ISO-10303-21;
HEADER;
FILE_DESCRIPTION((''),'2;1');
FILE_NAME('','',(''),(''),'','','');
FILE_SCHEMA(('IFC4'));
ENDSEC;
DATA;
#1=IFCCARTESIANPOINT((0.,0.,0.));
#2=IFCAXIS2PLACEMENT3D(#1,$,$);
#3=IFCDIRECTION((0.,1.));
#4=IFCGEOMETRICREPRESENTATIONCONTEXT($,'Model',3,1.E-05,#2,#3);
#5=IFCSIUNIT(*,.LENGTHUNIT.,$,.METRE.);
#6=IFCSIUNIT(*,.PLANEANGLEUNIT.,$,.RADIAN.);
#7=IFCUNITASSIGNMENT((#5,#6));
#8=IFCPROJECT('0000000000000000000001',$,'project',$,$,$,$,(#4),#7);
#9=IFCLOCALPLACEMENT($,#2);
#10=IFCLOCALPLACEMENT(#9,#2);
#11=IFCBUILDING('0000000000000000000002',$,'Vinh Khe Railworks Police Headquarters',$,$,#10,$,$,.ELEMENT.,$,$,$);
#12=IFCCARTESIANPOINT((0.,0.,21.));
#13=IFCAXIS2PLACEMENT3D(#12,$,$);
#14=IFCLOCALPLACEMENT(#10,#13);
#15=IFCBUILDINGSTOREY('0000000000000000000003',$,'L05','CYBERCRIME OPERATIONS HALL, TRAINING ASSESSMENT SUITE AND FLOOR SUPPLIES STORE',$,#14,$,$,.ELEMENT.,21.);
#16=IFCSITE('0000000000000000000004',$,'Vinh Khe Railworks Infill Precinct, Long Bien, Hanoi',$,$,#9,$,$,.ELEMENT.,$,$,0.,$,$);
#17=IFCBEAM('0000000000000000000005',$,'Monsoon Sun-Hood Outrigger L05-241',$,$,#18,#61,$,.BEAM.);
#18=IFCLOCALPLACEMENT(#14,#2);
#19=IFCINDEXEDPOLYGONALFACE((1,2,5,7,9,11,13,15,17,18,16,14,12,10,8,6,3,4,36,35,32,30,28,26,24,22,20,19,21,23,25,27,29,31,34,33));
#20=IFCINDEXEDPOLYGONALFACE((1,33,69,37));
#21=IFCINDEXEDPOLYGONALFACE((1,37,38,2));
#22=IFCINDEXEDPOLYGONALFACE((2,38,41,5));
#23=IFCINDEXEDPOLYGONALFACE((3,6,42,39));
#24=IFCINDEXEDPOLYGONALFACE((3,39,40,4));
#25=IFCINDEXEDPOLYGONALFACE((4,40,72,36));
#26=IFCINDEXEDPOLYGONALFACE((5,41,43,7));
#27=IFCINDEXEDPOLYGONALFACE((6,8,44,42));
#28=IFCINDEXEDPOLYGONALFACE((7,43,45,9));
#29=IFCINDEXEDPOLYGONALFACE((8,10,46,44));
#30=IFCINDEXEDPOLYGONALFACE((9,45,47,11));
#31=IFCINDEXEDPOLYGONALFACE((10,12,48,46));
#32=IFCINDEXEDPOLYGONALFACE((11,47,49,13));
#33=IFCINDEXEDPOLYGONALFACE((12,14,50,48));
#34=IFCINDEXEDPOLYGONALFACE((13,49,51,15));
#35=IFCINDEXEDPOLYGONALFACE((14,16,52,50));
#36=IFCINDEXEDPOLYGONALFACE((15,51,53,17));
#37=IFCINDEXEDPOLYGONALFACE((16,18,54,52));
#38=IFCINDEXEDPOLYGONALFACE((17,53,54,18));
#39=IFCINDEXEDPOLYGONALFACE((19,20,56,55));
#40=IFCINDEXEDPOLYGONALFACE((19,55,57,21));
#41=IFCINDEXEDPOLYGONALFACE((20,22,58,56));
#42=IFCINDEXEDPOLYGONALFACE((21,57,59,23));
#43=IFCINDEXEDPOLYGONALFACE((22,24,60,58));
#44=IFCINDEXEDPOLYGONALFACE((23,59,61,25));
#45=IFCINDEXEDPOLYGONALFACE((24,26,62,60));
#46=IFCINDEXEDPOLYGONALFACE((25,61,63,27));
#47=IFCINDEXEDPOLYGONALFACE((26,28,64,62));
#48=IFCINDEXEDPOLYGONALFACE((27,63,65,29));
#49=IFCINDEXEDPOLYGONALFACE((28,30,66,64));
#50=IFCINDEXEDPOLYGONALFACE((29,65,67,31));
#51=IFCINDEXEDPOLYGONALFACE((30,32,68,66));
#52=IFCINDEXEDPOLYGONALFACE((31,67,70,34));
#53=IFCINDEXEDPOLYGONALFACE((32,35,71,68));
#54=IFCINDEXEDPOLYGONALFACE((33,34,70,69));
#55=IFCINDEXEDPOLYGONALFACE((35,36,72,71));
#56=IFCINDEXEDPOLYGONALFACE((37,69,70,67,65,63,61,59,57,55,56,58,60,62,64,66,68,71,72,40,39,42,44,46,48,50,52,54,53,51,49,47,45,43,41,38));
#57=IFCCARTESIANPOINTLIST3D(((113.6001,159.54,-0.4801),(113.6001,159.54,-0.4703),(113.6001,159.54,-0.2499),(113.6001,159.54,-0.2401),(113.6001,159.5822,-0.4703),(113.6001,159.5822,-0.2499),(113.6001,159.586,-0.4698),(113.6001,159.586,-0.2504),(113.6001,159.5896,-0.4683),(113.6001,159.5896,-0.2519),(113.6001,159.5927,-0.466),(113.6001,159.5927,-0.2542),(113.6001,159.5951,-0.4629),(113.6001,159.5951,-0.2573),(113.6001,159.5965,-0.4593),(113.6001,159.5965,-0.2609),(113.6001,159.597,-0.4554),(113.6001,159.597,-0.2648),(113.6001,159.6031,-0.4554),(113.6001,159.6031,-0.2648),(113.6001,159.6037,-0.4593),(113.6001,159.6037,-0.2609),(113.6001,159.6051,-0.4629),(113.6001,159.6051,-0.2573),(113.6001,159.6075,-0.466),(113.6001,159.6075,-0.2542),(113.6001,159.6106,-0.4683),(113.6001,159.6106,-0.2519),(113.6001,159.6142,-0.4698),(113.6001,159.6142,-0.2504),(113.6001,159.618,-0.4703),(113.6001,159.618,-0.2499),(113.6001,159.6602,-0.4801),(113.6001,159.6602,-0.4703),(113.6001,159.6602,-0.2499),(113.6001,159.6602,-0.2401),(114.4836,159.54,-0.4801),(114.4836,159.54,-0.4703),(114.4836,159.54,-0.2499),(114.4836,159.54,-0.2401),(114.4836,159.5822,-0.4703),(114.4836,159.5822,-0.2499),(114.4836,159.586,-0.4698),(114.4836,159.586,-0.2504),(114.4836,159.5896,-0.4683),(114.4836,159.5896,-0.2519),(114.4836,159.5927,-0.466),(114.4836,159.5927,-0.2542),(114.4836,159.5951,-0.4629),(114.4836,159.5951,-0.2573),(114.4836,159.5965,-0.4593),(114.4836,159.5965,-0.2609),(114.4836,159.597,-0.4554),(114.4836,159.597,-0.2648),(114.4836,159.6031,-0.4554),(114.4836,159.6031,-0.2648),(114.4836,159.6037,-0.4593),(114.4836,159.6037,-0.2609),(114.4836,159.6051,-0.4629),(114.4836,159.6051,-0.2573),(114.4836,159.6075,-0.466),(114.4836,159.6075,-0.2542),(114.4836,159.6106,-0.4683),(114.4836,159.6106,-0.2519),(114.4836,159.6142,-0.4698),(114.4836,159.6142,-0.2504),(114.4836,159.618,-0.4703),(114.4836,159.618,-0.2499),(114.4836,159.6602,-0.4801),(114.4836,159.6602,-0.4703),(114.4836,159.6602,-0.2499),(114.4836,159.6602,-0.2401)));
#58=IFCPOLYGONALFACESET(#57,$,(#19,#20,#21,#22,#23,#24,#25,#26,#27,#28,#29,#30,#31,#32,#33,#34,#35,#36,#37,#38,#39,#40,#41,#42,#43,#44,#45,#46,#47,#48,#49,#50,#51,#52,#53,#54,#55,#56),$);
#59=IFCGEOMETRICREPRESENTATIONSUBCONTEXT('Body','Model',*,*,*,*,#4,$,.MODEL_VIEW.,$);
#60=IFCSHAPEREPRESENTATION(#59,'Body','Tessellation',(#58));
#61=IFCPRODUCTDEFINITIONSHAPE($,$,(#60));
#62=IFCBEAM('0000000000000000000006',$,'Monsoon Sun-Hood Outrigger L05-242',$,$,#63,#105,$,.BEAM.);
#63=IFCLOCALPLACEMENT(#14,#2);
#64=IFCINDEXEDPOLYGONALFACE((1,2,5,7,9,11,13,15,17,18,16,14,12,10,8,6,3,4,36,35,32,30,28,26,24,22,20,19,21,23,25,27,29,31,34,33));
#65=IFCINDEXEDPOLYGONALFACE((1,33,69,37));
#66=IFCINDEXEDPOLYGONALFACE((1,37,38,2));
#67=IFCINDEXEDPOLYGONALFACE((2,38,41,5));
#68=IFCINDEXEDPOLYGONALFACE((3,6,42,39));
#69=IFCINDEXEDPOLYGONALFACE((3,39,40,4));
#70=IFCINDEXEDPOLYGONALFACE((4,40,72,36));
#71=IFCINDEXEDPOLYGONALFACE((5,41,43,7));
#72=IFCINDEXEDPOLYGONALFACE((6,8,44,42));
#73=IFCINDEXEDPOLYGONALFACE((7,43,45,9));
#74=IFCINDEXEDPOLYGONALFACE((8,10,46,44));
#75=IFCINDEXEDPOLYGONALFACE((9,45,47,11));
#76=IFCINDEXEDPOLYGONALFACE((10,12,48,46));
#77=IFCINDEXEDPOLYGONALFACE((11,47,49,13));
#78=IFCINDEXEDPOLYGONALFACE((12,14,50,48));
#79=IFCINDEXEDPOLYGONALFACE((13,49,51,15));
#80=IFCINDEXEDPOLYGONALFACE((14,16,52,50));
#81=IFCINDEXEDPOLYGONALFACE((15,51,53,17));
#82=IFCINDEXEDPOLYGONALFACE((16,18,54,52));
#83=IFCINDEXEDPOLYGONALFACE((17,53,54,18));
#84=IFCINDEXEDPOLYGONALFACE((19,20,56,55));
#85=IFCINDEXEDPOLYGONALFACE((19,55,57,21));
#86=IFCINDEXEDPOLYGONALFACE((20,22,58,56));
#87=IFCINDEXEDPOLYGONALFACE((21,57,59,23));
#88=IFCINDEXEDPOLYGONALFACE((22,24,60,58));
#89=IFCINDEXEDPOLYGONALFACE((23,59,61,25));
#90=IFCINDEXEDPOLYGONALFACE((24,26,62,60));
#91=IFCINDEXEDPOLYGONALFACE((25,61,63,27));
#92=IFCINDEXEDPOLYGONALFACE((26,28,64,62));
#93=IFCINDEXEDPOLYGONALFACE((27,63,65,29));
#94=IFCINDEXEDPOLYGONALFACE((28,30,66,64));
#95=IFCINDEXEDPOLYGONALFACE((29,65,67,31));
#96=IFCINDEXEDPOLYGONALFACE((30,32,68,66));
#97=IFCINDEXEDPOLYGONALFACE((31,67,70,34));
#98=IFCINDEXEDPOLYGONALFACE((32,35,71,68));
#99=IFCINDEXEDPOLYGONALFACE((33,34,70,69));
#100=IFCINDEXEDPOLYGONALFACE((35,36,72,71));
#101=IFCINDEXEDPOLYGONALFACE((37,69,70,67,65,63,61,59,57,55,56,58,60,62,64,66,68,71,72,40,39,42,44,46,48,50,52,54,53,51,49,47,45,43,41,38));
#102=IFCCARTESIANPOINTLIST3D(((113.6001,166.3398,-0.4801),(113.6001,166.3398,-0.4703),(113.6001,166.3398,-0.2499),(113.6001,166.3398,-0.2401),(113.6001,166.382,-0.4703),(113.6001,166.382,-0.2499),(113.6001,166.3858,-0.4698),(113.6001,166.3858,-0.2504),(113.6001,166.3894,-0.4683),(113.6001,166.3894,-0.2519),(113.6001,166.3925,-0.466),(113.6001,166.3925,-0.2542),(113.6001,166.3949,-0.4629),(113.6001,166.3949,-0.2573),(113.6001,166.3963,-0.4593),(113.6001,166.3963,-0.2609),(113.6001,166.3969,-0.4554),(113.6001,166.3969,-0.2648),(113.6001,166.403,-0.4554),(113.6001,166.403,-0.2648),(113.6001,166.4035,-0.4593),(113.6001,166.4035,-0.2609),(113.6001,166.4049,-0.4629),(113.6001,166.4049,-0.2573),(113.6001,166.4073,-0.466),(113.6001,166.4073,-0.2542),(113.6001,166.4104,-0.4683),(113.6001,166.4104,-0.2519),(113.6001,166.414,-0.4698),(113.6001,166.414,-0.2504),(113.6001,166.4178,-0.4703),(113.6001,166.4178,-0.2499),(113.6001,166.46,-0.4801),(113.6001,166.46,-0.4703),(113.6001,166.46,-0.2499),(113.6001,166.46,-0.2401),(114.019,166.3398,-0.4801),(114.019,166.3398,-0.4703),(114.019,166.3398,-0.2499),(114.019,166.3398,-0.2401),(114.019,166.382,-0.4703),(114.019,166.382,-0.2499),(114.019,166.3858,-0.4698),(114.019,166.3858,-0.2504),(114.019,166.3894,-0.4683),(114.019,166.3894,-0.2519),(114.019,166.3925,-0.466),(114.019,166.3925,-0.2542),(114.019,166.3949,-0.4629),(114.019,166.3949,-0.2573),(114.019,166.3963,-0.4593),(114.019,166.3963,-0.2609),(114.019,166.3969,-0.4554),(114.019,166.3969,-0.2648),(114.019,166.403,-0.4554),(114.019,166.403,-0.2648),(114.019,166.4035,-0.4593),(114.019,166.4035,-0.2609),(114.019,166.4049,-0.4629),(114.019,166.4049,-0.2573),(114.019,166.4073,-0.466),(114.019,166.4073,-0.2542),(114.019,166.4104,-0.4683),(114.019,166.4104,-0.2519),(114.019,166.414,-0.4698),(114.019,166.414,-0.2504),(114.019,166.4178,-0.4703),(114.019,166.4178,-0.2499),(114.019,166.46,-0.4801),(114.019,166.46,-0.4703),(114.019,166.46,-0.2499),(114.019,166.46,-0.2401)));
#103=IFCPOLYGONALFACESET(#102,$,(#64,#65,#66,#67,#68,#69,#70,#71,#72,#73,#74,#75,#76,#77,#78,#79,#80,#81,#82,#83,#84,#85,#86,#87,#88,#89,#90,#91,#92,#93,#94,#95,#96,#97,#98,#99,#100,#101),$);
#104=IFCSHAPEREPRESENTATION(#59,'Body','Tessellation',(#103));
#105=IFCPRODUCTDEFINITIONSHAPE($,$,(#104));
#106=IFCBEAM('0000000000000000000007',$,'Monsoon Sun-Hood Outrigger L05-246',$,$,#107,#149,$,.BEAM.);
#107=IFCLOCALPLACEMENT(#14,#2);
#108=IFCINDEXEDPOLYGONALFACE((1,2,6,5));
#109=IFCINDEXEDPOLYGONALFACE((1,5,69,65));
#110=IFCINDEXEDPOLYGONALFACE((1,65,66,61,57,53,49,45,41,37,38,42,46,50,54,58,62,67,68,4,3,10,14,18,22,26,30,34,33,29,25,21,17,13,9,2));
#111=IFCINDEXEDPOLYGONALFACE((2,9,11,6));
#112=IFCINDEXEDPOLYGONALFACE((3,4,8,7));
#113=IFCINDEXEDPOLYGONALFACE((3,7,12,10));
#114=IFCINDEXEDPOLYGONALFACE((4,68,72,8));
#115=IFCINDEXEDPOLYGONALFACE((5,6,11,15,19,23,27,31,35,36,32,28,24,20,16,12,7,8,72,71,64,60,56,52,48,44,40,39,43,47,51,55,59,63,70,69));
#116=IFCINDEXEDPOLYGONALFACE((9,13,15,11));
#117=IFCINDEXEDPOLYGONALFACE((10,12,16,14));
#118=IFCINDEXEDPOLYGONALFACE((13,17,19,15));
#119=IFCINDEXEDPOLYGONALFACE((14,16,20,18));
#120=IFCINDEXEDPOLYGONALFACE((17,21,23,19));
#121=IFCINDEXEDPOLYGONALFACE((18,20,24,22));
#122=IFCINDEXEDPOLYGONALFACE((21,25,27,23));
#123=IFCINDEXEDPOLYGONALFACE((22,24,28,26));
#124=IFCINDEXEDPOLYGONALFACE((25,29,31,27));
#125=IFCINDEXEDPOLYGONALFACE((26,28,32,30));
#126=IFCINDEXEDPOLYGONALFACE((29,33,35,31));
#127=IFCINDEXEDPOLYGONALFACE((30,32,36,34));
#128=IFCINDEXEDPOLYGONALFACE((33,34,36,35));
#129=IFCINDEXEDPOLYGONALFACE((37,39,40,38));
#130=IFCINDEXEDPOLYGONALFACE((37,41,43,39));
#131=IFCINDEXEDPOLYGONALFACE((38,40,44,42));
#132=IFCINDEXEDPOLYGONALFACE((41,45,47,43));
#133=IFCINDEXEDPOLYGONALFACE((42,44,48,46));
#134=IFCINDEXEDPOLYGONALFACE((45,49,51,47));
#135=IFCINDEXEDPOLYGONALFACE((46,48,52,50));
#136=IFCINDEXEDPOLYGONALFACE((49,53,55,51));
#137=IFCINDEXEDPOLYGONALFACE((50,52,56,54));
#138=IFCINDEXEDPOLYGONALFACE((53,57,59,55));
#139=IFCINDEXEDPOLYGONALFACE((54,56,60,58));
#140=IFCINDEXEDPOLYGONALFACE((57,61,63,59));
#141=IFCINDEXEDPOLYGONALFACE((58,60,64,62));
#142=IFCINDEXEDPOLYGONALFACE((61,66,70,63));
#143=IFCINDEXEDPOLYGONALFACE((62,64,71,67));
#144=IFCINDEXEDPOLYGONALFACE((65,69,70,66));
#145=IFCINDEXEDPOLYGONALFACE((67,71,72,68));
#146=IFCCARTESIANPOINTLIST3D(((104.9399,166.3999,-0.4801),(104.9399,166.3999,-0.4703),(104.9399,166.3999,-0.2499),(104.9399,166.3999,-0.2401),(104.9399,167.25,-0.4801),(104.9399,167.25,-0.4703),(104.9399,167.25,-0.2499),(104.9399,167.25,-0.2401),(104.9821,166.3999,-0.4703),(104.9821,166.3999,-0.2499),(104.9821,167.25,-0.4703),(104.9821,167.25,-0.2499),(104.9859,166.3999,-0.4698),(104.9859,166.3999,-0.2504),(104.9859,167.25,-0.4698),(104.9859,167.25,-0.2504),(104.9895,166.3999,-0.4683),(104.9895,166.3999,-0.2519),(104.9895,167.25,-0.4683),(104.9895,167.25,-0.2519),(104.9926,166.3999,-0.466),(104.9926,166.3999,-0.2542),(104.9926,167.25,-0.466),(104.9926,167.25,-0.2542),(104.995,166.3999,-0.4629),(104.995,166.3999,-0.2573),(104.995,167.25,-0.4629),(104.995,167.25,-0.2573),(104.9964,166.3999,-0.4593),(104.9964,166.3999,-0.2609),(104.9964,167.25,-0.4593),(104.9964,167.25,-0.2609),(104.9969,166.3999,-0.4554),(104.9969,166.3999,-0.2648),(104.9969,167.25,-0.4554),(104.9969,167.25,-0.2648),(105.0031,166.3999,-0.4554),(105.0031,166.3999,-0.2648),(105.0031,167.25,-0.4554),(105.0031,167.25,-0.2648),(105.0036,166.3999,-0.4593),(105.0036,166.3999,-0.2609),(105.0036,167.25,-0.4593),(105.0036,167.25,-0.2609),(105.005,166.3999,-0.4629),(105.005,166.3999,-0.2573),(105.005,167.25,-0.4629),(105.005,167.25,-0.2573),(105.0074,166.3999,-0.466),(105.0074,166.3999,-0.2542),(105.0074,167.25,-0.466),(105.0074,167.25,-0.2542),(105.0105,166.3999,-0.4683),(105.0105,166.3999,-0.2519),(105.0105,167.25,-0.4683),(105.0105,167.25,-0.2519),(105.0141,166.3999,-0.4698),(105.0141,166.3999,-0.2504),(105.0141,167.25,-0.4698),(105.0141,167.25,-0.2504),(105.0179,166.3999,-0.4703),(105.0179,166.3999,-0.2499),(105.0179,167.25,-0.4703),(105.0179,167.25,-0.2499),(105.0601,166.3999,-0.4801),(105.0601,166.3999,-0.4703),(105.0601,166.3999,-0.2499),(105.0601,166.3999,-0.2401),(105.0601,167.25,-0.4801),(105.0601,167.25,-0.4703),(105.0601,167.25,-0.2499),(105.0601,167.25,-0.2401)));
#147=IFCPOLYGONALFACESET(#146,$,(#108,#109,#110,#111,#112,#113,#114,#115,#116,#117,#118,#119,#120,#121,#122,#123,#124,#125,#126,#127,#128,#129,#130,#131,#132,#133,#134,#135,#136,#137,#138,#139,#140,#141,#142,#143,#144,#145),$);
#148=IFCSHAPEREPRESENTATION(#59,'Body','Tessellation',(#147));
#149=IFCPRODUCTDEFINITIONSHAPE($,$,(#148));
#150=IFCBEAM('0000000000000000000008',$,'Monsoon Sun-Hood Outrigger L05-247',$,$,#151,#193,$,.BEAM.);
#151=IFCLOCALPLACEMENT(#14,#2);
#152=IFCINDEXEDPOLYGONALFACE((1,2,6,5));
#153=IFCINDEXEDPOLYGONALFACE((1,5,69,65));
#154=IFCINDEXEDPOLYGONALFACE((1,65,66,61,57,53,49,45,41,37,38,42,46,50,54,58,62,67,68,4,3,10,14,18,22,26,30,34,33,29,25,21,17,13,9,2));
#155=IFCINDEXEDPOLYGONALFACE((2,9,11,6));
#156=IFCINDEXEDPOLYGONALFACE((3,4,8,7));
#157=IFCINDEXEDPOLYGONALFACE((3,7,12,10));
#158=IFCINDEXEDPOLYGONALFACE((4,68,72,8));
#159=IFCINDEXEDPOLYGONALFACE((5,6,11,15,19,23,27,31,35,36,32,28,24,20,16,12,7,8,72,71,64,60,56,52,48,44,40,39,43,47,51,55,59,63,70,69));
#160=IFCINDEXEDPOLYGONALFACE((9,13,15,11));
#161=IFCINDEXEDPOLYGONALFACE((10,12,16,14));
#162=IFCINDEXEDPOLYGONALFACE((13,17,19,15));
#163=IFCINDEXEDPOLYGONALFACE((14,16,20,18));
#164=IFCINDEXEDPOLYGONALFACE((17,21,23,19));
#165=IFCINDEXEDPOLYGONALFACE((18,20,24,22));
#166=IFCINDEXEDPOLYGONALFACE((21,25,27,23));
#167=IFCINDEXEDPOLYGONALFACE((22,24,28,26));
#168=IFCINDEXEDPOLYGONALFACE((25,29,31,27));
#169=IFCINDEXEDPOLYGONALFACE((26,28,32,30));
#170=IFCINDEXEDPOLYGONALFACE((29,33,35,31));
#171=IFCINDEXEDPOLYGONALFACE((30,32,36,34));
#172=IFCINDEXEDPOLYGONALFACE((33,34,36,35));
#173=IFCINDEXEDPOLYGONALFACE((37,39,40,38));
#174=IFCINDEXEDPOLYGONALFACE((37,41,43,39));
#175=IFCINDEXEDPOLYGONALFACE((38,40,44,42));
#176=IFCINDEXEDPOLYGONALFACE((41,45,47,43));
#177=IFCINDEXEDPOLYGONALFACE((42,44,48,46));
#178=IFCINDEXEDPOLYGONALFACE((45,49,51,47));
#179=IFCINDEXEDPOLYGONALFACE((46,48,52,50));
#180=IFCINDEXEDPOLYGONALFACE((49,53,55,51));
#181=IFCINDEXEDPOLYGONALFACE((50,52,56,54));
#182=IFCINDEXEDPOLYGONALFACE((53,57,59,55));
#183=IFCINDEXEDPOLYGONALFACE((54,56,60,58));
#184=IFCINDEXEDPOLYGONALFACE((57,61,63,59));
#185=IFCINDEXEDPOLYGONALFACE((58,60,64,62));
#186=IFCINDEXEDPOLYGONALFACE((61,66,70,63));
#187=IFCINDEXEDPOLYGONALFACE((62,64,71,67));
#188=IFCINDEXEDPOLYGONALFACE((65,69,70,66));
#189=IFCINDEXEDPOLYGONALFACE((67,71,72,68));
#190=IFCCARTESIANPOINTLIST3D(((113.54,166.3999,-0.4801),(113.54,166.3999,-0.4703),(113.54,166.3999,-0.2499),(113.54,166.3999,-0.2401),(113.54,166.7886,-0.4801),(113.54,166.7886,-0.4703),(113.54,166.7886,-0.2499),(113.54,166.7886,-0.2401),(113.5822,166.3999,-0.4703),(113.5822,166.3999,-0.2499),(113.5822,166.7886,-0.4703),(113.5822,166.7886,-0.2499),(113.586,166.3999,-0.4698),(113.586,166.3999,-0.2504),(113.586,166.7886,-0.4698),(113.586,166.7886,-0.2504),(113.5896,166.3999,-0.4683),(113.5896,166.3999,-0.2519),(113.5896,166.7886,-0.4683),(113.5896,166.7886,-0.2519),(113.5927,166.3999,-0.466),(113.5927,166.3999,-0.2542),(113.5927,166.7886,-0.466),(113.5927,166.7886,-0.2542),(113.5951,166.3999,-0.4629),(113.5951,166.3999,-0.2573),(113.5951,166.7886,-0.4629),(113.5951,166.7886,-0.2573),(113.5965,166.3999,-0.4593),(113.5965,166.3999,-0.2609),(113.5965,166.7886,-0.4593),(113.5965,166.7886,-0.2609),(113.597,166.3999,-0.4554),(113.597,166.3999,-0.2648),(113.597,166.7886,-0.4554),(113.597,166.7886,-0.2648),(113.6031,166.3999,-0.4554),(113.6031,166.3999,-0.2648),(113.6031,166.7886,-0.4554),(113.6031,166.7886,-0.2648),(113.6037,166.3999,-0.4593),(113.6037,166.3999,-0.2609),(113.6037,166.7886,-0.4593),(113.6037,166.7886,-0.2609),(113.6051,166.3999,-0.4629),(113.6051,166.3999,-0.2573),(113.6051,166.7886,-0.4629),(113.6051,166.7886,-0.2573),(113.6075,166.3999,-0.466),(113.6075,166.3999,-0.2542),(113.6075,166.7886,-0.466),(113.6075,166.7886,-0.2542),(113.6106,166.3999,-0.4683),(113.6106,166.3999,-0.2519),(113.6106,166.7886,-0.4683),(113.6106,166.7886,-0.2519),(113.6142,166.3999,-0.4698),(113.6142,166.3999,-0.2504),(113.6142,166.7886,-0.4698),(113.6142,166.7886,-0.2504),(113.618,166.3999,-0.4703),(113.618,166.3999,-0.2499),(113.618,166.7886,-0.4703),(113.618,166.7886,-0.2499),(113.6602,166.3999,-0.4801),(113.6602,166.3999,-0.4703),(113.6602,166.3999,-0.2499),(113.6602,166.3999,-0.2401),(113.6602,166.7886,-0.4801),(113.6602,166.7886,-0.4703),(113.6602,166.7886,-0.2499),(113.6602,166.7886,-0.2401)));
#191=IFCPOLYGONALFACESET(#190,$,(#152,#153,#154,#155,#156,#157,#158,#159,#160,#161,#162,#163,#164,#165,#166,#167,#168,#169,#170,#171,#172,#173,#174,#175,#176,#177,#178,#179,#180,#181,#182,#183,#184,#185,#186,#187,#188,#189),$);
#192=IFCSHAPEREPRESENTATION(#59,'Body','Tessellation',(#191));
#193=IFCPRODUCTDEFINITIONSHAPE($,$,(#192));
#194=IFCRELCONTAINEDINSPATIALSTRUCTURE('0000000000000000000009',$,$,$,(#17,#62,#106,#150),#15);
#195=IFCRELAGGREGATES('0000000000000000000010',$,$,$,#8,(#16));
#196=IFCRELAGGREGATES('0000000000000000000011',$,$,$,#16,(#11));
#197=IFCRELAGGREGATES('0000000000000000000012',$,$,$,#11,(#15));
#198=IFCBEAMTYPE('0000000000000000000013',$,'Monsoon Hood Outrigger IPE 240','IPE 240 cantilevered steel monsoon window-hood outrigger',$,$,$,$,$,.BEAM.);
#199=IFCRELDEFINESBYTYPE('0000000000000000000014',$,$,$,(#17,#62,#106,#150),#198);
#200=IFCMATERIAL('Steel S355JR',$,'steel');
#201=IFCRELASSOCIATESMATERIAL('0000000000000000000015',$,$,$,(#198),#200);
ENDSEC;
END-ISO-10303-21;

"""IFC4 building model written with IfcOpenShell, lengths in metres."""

from ifc_helpers import new_model, si_unit, direction, frame, origin, origin_2d, place, context, subcontext, project, spatial, i_section, extrude, material, material_profile, profile_set, type_object, element, save


model = new_model("IFC4")

# Units and contexts
model_context = context("Model", 3, precision=1e-05, world=origin(), true_north=direction((0.0, 1.0)))
body_context = subcontext(model_context, "Body", "Model", "MODEL_VIEW")
ifc_project = project(units=[si_unit("LENGTHUNIT", "METRE"), si_unit("PLANEANGLEUNIT", "RADIAN")], contexts=[model_context])

# Site, building, storey
site_placement = place(None, origin())
site = spatial("IfcSite", under=ifc_project, at=site_placement, Name="Vinh Khe Railworks Infill Precinct, Long Bien, Hanoi", CompositionType="ELEMENT", RefElevation=0.0)
building_placement = place(site_placement, origin())
building = spatial("IfcBuilding", under=site, at=building_placement, Name="Vinh Khe Railworks Police Headquarters", CompositionType="ELEMENT")
storey_placement = place(building_placement, frame((0.0, 0.0, 21.0)))
storey = spatial("IfcBuildingStorey", under=building, at=storey_placement, Name="L05", Description="CYBERCRIME OPERATIONS HALL, TRAINING ASSESSMENT SUITE AND FLOOR SUPPLIES STORE", CompositionType="ELEMENT", Elevation=21.0)

# Shared definitions
ifc_material_1 = material(Name="Steel S355JR", Category="steel")

# Beams
ifc_material_profile_1 = material_profile(ifc_material_1, i_section(OverallWidth=0.1201, OverallDepth=0.24, WebThickness=0.0061, FlangeThickness=0.0098, FilletRadius=0.0149, at=origin_2d()), Name="IPE 240")
ifc_profile_set_1 = profile_set([ifc_material_profile_1], Name="Steel S355JR")
beam_type_1 = type_object("IfcBeamType", Name="Monsoon Hood Outrigger IPE 240", Description="IPE 240 cantilevered steel monsoon window-hood outrigger", PredefinedType="BEAM", material=ifc_profile_set_1)
beam_1_placement = place(storey_placement, frame((113.6001, 159.6001, -0.3601), z_axis=(1.0, 0.0, 0.0), x_axis=(0.0, 1.0, 0.0)))
element("IfcBeam", 1, at=beam_1_placement, inside=storey, type_object=beam_type_1, Name="Monsoon Sun-Hood Outrigger L05-241", PredefinedType="BEAM", context=body_context, shape_type="SweptSolid", body=[
    extrude(i_section(OverallWidth=0.1201, OverallDepth=0.24, WebThickness=0.0061, FlangeThickness=0.0098, FilletRadius=0.0149, at=origin_2d()), origin(), (0.0, 0.0, 1.0), 0.8835),
])
beam_2_placement = place(storey_placement, frame((113.6001, 166.3999, -0.3601), z_axis=(1.0, 0.0, 0.0), x_axis=(0.0, 1.0, 0.0)))
element("IfcBeam", 2, at=beam_2_placement, inside=storey, type_object=beam_type_1, Name="Monsoon Sun-Hood Outrigger L05-242", PredefinedType="BEAM", context=body_context, shape_type="SweptSolid", body=[
    extrude(i_section(OverallWidth=0.1201, OverallDepth=0.24, WebThickness=0.0061, FlangeThickness=0.0098, FilletRadius=0.0149, at=origin_2d()), origin(), (0.0, 0.0, 1.0), 0.4189),
])
beam_3_placement = place(storey_placement, frame((105.0, 166.3999, -0.3601), z_axis=(0.0, 1.0, 0.0), x_axis=(-1.0, 0.0, 0.0)))
element("IfcBeam", 3, at=beam_3_placement, inside=storey, type_object=beam_type_1, Name="Monsoon Sun-Hood Outrigger L05-246", PredefinedType="BEAM", context=body_context, shape_type="SweptSolid", body=[
    extrude(i_section(OverallWidth=0.1201, OverallDepth=0.24, WebThickness=0.0061, FlangeThickness=0.0098, FilletRadius=0.0149, at=origin_2d()), origin(), (0.0, 0.0, 1.0), 0.8501),
])
beam_4_placement = place(storey_placement, frame((113.6001, 166.3999, -0.3601), z_axis=(0.0, 1.0, 0.0), x_axis=(-1.0, 0.0, 0.0)))
element("IfcBeam", 4, at=beam_4_placement, inside=storey, type_object=beam_type_1, Name="Monsoon Sun-Hood Outrigger L05-247", PredefinedType="BEAM", context=body_context, shape_type="SweptSolid", body=[
    extrude(i_section(OverallWidth=0.1201, OverallDepth=0.24, WebThickness=0.0061, FlangeThickness=0.0098, FilletRadius=0.0149, at=origin_2d()), origin(), (0.0, 0.0, 1.0), 0.3887),
])

save(model, "model.ifc")
